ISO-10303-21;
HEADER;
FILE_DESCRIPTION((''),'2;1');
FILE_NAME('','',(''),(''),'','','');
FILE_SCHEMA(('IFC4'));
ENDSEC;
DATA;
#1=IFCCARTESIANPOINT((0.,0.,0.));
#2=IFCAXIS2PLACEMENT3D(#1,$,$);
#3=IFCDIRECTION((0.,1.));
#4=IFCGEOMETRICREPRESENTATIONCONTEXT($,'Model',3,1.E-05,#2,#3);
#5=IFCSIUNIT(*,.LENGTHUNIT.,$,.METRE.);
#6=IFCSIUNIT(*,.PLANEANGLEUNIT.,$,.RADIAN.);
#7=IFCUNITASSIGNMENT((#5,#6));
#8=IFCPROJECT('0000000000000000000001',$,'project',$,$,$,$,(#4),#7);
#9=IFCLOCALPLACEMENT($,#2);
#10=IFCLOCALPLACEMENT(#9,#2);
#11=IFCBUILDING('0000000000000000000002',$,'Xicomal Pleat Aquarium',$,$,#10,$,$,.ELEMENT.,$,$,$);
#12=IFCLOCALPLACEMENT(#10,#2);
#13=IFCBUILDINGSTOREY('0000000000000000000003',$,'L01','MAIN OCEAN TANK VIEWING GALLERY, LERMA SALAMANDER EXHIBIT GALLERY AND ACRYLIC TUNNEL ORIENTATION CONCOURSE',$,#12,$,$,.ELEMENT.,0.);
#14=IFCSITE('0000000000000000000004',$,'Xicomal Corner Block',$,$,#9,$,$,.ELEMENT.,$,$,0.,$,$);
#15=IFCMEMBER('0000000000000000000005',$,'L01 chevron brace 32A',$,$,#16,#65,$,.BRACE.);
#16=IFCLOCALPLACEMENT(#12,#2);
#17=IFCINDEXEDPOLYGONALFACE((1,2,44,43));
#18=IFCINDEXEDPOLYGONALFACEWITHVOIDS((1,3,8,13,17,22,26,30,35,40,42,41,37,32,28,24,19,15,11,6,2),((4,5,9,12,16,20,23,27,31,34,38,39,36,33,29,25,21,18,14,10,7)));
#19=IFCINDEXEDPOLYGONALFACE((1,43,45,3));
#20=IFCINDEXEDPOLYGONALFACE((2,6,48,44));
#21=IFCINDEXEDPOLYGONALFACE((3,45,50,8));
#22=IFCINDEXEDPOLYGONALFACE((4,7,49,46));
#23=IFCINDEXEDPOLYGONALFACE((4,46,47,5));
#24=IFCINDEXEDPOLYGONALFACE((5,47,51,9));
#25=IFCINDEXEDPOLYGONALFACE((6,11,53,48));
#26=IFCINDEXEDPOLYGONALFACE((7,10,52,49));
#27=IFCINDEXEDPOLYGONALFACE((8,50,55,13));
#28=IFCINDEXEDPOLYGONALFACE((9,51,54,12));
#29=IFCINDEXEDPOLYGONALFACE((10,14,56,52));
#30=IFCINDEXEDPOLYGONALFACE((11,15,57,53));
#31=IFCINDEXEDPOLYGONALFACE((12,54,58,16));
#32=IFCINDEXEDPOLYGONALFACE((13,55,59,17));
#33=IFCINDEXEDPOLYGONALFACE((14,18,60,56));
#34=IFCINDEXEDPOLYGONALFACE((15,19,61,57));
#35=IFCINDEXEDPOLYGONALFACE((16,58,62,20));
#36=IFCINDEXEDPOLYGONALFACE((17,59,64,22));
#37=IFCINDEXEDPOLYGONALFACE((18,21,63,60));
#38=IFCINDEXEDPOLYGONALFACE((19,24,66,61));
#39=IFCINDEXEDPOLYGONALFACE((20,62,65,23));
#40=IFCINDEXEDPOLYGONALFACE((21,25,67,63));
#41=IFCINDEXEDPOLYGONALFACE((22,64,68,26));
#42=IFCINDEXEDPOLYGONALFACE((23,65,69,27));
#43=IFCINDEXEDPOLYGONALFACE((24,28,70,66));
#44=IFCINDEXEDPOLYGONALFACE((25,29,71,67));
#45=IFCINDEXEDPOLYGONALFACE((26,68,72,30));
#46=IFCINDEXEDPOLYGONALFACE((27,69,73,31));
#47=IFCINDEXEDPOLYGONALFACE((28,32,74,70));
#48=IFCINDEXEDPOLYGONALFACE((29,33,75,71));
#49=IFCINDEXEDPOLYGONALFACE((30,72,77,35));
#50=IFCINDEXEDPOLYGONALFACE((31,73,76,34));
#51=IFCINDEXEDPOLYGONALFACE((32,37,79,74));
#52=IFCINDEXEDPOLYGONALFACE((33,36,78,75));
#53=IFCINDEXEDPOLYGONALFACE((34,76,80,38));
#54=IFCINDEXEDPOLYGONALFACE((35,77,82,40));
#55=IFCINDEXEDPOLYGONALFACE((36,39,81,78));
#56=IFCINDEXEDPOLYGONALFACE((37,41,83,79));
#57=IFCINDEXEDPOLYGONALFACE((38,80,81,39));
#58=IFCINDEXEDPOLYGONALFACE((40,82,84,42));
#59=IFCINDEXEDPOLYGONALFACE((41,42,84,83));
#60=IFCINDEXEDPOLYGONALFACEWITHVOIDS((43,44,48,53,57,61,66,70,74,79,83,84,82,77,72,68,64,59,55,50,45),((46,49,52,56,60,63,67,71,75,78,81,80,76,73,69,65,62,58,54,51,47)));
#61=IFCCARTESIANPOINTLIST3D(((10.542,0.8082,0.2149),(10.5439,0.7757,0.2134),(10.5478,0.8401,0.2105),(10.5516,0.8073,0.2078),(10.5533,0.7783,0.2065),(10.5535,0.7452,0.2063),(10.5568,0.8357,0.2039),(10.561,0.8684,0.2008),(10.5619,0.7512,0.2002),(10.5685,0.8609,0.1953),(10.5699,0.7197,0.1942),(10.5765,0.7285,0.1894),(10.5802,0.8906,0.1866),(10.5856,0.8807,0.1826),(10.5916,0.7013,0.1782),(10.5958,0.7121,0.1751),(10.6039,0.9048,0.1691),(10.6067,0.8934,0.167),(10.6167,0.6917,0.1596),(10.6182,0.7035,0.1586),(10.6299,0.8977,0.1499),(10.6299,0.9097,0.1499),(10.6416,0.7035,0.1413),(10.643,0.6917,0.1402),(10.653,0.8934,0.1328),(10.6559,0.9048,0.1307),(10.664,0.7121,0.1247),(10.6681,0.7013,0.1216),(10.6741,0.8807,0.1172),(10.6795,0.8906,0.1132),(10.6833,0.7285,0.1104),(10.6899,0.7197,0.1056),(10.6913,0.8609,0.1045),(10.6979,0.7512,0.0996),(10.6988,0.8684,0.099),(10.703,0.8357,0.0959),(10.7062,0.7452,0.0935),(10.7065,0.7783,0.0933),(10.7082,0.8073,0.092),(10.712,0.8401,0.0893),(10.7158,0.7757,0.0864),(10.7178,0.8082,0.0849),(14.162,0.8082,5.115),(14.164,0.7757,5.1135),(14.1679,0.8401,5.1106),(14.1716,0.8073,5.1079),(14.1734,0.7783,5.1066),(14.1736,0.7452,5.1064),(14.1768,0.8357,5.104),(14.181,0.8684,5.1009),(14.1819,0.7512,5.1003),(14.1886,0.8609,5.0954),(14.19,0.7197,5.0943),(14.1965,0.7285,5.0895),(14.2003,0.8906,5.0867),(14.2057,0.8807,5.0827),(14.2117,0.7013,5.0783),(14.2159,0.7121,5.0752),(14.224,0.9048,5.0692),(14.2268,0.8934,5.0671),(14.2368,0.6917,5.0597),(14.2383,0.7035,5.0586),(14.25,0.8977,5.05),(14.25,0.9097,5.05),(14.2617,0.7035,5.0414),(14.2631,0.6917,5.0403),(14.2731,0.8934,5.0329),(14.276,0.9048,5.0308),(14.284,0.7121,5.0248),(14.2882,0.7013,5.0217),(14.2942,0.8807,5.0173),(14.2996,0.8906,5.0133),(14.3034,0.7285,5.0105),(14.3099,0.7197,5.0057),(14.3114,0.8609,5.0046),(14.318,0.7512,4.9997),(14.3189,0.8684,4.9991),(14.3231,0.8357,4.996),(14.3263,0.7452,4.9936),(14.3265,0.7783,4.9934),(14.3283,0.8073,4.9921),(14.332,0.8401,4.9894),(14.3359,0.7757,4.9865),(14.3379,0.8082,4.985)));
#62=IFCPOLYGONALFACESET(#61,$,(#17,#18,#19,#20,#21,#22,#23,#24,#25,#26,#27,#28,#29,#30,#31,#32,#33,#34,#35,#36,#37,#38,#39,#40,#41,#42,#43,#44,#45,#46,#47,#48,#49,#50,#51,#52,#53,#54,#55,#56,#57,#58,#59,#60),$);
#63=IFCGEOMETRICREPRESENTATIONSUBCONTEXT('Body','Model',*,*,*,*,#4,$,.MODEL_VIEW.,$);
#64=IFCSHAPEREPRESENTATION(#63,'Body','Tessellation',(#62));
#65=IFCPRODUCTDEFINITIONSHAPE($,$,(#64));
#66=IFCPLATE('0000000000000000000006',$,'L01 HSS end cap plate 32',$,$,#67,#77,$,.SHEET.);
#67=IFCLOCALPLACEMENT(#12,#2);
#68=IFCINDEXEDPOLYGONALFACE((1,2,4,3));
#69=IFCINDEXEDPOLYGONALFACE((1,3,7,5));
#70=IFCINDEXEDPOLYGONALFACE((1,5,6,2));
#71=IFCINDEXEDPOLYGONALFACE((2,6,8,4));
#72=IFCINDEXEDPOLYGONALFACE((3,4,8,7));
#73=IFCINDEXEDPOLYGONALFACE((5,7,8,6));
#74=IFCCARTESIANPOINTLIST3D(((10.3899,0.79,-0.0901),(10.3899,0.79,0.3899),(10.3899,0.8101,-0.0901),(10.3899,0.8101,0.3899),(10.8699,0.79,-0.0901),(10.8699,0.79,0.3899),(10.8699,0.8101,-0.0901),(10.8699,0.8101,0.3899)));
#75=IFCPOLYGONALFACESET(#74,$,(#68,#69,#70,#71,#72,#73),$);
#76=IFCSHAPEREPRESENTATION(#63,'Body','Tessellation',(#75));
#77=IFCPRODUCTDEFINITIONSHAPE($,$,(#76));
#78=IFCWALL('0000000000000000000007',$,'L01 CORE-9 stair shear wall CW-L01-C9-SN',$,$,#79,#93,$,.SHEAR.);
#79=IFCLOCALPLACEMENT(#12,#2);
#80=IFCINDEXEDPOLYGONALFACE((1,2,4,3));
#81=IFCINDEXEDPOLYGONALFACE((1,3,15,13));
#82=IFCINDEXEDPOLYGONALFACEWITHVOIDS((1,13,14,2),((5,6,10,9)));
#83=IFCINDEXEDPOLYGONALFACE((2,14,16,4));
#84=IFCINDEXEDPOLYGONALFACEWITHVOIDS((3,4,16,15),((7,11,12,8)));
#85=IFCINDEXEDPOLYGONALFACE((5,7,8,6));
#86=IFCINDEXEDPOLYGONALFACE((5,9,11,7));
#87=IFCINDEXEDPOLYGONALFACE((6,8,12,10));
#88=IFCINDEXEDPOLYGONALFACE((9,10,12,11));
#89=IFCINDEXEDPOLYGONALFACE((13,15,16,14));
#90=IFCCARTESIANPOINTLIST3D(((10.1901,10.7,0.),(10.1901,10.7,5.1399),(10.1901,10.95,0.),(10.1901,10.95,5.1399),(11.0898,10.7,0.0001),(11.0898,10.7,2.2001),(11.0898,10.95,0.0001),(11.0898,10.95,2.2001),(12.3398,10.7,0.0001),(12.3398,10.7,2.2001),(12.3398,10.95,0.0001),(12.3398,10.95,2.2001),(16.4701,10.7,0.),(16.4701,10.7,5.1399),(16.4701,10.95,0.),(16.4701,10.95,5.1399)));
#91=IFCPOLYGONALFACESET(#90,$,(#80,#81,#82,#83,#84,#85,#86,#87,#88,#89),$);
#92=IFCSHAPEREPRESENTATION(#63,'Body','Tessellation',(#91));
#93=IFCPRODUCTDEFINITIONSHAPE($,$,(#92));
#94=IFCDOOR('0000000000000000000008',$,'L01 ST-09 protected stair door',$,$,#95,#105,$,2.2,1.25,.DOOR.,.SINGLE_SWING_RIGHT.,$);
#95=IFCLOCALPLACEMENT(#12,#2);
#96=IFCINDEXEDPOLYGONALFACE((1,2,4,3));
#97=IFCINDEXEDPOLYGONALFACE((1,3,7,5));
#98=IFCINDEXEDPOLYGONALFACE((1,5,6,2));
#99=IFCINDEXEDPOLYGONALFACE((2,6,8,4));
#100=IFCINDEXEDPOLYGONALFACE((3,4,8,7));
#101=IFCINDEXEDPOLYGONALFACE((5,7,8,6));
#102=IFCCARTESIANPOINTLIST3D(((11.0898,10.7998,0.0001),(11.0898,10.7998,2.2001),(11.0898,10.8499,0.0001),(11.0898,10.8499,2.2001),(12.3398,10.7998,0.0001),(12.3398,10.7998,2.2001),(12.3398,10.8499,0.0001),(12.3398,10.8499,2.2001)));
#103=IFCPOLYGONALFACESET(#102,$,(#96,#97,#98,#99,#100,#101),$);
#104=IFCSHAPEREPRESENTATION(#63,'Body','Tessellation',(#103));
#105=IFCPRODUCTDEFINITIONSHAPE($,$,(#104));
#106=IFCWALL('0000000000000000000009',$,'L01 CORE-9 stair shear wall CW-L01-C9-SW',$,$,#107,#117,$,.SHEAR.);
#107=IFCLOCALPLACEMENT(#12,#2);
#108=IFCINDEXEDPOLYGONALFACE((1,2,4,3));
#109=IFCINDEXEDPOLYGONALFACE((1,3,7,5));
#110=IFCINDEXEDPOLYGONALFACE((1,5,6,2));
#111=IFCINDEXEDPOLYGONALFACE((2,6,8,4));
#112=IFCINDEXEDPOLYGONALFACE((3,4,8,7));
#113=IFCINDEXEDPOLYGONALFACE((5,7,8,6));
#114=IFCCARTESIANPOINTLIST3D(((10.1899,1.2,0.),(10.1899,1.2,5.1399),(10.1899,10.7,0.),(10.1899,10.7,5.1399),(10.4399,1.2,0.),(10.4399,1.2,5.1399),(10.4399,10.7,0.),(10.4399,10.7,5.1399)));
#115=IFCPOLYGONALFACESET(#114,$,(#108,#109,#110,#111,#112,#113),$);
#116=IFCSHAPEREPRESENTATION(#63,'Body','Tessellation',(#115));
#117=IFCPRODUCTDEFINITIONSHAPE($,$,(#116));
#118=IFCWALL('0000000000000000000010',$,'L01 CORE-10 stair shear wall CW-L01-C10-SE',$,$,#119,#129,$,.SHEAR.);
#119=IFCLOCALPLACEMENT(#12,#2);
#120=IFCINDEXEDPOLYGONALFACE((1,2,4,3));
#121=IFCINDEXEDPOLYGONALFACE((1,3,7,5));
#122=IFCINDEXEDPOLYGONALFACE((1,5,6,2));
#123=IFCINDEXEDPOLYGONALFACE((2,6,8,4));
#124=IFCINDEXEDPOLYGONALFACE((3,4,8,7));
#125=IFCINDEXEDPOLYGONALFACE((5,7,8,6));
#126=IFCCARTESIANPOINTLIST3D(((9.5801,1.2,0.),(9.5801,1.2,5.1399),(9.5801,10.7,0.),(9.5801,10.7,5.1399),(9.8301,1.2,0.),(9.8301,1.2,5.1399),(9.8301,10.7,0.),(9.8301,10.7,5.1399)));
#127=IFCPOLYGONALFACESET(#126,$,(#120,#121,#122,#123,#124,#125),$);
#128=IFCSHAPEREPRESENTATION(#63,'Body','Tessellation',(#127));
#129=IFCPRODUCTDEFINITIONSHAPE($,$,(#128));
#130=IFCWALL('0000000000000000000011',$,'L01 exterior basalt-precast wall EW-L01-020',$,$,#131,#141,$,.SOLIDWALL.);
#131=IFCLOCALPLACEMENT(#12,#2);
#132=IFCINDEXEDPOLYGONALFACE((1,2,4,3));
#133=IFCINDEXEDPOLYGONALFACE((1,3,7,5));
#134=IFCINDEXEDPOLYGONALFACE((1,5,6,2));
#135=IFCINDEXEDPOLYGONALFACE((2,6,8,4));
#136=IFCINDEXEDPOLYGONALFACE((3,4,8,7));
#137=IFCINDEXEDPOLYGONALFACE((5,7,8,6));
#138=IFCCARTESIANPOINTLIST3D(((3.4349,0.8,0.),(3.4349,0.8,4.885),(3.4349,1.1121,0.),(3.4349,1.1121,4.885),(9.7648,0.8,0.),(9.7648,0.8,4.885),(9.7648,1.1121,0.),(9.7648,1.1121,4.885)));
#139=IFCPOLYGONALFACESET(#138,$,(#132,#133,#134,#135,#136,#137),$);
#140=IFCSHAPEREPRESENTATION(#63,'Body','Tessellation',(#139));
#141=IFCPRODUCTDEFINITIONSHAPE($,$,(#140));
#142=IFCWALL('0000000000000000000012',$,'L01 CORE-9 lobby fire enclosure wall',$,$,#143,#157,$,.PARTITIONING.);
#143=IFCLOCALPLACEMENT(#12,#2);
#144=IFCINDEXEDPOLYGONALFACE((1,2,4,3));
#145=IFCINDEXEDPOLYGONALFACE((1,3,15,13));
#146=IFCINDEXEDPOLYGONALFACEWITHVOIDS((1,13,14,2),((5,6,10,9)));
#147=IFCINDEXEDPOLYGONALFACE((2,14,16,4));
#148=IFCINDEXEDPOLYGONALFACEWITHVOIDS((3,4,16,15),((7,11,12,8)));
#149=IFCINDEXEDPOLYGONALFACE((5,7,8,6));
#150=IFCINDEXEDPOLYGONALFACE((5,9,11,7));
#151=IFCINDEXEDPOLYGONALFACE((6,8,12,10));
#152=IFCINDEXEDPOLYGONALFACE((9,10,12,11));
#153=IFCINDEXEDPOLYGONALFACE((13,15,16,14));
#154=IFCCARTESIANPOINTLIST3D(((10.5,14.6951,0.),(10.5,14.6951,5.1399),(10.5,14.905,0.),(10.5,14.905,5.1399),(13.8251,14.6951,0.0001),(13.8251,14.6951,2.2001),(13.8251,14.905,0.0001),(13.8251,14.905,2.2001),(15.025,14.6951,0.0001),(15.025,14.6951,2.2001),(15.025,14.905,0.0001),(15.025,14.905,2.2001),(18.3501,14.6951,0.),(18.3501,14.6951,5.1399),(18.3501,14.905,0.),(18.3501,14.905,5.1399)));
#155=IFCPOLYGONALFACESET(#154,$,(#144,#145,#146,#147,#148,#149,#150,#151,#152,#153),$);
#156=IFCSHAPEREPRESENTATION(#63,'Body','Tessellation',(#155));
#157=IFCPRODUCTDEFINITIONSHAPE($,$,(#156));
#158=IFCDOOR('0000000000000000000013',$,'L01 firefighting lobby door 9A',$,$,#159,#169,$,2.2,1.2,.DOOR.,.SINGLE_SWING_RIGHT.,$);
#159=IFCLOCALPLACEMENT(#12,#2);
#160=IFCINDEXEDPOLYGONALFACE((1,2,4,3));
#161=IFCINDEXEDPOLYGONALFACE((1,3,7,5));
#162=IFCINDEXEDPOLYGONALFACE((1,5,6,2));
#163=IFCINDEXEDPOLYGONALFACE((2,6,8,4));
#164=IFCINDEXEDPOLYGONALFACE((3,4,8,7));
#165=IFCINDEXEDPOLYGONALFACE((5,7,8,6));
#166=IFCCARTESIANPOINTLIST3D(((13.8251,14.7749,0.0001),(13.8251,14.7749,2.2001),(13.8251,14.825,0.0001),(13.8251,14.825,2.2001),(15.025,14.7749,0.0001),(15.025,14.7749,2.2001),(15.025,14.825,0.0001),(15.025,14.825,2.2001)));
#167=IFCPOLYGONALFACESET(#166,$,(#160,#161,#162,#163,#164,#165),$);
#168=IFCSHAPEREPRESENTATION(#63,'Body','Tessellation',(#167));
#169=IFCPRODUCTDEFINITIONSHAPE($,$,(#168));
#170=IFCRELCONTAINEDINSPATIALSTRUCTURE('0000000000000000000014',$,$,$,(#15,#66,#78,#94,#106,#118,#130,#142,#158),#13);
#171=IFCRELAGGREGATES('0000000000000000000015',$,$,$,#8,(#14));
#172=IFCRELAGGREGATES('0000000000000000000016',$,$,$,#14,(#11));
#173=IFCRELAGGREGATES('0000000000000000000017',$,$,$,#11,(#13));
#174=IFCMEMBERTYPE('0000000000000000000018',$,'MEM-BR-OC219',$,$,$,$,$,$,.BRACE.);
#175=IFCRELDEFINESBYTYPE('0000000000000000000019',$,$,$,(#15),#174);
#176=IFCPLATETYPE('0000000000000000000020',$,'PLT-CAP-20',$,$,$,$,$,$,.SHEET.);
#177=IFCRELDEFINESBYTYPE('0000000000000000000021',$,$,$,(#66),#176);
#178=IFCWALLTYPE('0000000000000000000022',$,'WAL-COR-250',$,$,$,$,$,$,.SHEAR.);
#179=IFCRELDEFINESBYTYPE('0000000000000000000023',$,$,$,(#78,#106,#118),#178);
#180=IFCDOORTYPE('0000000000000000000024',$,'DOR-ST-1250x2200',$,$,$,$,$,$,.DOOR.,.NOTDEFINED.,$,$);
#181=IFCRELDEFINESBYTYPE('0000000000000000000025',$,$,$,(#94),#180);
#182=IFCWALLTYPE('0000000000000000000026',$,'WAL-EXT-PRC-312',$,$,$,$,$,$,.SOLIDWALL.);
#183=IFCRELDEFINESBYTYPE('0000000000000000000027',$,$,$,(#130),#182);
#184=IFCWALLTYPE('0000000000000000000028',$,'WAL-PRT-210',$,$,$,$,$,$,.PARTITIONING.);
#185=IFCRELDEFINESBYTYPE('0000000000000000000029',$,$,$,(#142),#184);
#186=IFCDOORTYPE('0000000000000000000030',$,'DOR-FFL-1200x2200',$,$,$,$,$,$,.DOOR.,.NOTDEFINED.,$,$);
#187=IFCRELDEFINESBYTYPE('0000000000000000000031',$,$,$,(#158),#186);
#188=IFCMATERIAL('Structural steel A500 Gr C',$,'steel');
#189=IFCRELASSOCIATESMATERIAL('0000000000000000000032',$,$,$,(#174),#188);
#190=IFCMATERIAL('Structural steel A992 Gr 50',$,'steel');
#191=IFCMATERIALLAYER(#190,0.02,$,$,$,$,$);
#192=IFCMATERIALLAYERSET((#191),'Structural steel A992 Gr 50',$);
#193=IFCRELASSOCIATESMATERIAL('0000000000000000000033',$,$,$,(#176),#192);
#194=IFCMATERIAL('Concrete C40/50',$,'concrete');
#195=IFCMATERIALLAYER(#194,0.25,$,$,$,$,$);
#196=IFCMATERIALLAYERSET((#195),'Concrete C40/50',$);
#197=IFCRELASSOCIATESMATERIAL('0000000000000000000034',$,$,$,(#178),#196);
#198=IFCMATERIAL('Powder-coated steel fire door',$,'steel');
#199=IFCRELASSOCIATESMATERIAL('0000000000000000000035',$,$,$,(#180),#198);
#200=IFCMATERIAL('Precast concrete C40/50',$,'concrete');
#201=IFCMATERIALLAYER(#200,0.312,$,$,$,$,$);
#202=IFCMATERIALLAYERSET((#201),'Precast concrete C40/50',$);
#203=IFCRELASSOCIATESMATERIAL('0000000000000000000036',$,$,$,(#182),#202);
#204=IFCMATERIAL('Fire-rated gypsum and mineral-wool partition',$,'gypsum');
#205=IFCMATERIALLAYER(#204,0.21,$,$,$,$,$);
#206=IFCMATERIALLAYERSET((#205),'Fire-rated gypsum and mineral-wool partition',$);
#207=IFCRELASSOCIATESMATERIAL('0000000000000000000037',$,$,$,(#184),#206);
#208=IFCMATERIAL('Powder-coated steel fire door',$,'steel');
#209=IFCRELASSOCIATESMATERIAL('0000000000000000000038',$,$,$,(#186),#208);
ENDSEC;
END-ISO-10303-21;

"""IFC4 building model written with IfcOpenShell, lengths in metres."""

from ifc_helpers import new_model, si_unit, direction, frame, frame_2d, origin, origin_2d, place, context, subcontext, project, spatial, rectangle, hollow_circle, extrude, material, layer, layer_set, material_profile, profile_set, type_object, element, fill, save


model = new_model("IFC4")

# Units and contexts
model_context = context("Model", 3, precision=1e-05, world=origin(), true_north=direction((0.0, 1.0)))
body_context = subcontext(model_context, "Body", "Model", "MODEL_VIEW")
ifc_project = project(units=[si_unit("LENGTHUNIT", "METRE"), si_unit("PLANEANGLEUNIT", "RADIAN")], contexts=[model_context])

# Site, building, storey
site_placement = place(None, origin())
site = spatial("IfcSite", under=ifc_project, at=site_placement, Name="Xicomal Corner Block", CompositionType="ELEMENT", RefElevation=0.0)
building_placement = place(site_placement, origin())
building = spatial("IfcBuilding", under=site, at=building_placement, Name="Xicomal Pleat Aquarium", CompositionType="ELEMENT")
storey_placement = place(building_placement, origin())
storey = spatial("IfcBuildingStorey", under=building, at=storey_placement, Name="L01", Description="MAIN OCEAN TANK VIEWING GALLERY, LERMA SALAMANDER EXHIBIT GALLERY AND ACRYLIC TUNNEL ORIENTATION CONCOURSE", CompositionType="ELEMENT", Elevation=0.0)

# Member
ifc_material_1 = material(Name="Structural steel A500 Gr C", Category="steel")
ifc_material_profile_1 = material_profile(ifc_material_1, hollow_circle(Radius=0.1096, WallThickness=0.012, at=origin_2d()), Name="OC 219x12")
ifc_profile_set_1 = profile_set([ifc_material_profile_1], Name="Structural steel A500 Gr C")
member_type = type_object("IfcMemberType", Name="MEM-BR-OC219", PredefinedType="BRACE", material=ifc_profile_set_1)
member_placement = place(storey_placement, frame((10.6299, 0.8, 0.1499), z_axis=(0.594207, 0.0, 0.804312), x_axis=(0.0, 1.0, 0.0)))
element("IfcMember", 1, at=member_placement, inside=storey, type_object=member_type, Name="L01 chevron brace 32A", PredefinedType="BRACE", context=body_context, shape_type="SweptSolid", body=[
    extrude(hollow_circle(Radius=0.1096, WallThickness=0.012, at=origin_2d()), origin(), (0.0, 0.0, 1.0), 6.0923),
])

# Plate
ifc_material_2 = material(Name="Structural steel A992 Gr 50", Category="steel")
ifc_layer_1 = layer(ifc_material_2, 0.02)
ifc_layer_set_1 = layer_set([ifc_layer_1], Name="Structural steel A992 Gr 50")
plate_type = type_object("IfcPlateType", Name="PLT-CAP-20", PredefinedType="SHEET", material=ifc_layer_set_1)
plate_placement = place(storey_placement, frame((10.6299, 0.8, -0.0901), z_axis=(0.0, 0.0, 1.0), x_axis=(1.0, 0.0, 0.0)))
element("IfcPlate", 2, at=plate_placement, inside=storey, type_object=plate_type, Name="L01 HSS end cap plate 32", PredefinedType="SHEET", context=body_context, shape_type="SweptSolid", body=[
    extrude(rectangle(XDim=0.48, YDim=0.02, at=origin_2d()), origin(), (0.0, 0.0, 1.0), 0.48),
])

# Wall, opening, door
ifc_material_3 = material(Name="Concrete C40/50", Category="concrete")
ifc_layer_2 = layer(ifc_material_3, 0.25)
ifc_layer_set_2 = layer_set([ifc_layer_2], Name="Concrete C40/50")
wall_type_1 = type_object("IfcWallType", Name="WAL-COR-250", PredefinedType="SHEAR", material=ifc_layer_set_2)
wall_1_placement = place(storey_placement, frame((10.1899, 10.825, 0.0), z_axis=(0.0, 0.0, 1.0), x_axis=(1.0, 0.0, 0.0)))
wall_1 = element("IfcWall", 3, at=wall_1_placement, inside=storey, type_object=wall_type_1, Name="L01 CORE-9 stair shear wall CW-L01-C9-SN", PredefinedType="SHEAR", context=body_context, shape_type="SweptSolid", body=[
    extrude(rectangle(XDim=6.28, YDim=0.25, at=frame_2d((3.1401, 0.0))), origin(), (0.0, 0.0, 1.0), 5.1399),
])
opening_1_placement = place(wall_1_placement, frame((0.8999, 0.0, 0.0)))
opening_1 = element("IfcOpeningElement", 4, at=opening_1_placement, cuts=wall_1, PredefinedType="OPENING", context=body_context, shape_type="SweptSolid", body=[
    extrude(rectangle(XDim=1.25, YDim=2.2, at=frame_2d((0.625, 1.1001))), frame((0.0, 0.135, 0.0), z_axis=(0.0, -1.0, 0.0), x_axis=(1.0, 0.0, 0.0)), (0.0, 0.0, 1.0), 0.27),
])
ifc_material_4 = material(Name="Powder-coated steel fire door", Category="steel")
door_type_1 = type_object("IfcDoorType", Name="DOR-ST-1250x2200", OperationType="NOTDEFINED", PredefinedType="DOOR", material=ifc_material_4)
door_1_placement = place(opening_1_placement, origin())
door_1 = element("IfcDoor", 5, at=door_1_placement, inside=storey, type_object=door_type_1, Name="L01 ST-09 protected stair door", OperationType="SINGLE_SWING_RIGHT", OverallHeight=2.2, OverallWidth=1.25, PredefinedType="DOOR", context=body_context, shape_type="SweptSolid", body=[
    extrude(rectangle(XDim=1.25, YDim=2.2, at=frame_2d((0.625, 1.1001))), frame((0.0, 0.0249, 0.0), z_axis=(0.0, -1.0, 0.0), x_axis=(1.0, 0.0, 0.0)), (0.0, 0.0, 1.0), 0.05),
])
fill(opening_1, door_1)

# Walls
for number, where, z_axis, x_axis, name in (
    (6, (10.3149, 1.2, 0.0), (0.0, 0.0, 1.0), (0.0, 1.0, 0.0), "L01 CORE-9 stair shear wall CW-L01-C9-SW"),
    (7, (9.7051, 1.2, 0.0), (0.0, 0.0, 1.0), (0.0, 1.0, 0.0), "L01 CORE-10 stair shear wall CW-L01-C10-SE"),
):
    element("IfcWall", number, at=place(storey_placement, frame(where, z_axis=z_axis, x_axis=x_axis)), inside=storey, type_object=wall_type_1, Name=name, PredefinedType="SHEAR", context=body_context, shape_type="SweptSolid", body=[
        extrude(rectangle(XDim=9.5, YDim=0.25, at=frame_2d((4.75, 0.0))), origin(), (0.0, 0.0, 1.0), 5.1399),
    ])
ifc_material_5 = material(Name="Precast concrete C40/50", Category="concrete")
ifc_layer_3 = layer(ifc_material_5, 0.312)
ifc_layer_set_3 = layer_set([ifc_layer_3], Name="Precast concrete C40/50")
wall_type_2 = type_object("IfcWallType", Name="WAL-EXT-PRC-312", PredefinedType="SOLIDWALL", material=ifc_layer_set_3)
wall_2_placement = place(storey_placement, frame((9.7649, 0.9561, 0.0), z_axis=(0.0, 0.0, 1.0), x_axis=(-1.0, 0.0, 0.0)))
element("IfcWall", 8, at=wall_2_placement, inside=storey, type_object=wall_type_2, Name="L01 exterior basalt-precast wall EW-L01-020", PredefinedType="SOLIDWALL", context=body_context, shape_type="SweptSolid", body=[
    extrude(rectangle(XDim=6.3298, YDim=0.312, at=frame_2d((3.165, 0.0))), origin(), (0.0, 0.0, 1.0), 4.885),
])

# Wall, opening, door
ifc_material_6 = material(Name="Fire-rated gypsum and mineral-wool partition", Category="gypsum")
ifc_layer_4 = layer(ifc_material_6, 0.21)
ifc_layer_set_4 = layer_set([ifc_layer_4], Name="Fire-rated gypsum and mineral-wool partition")
wall_type_3 = type_object("IfcWallType", Name="WAL-PRT-210", PredefinedType="PARTITIONING", material=ifc_layer_set_4)
wall_3_placement = place(storey_placement, frame((10.5, 14.8, 0.0), z_axis=(0.0, 0.0, 1.0), x_axis=(1.0, 0.0, 0.0)))
wall_3 = element("IfcWall", 9, at=wall_3_placement, inside=storey, type_object=wall_type_3, Name="L01 CORE-9 lobby fire enclosure wall", PredefinedType="PARTITIONING", context=body_context, shape_type="SweptSolid", body=[
    extrude(rectangle(XDim=7.8501, YDim=0.21, at=frame_2d((3.925, 0.0))), origin(), (0.0, 0.0, 1.0), 5.1399),
])
opening_2_placement = place(wall_3_placement, frame((3.325, 0.0, 0.0)))
opening_2 = element("IfcOpeningElement", 10, at=opening_2_placement, cuts=wall_3, PredefinedType="OPENING", context=body_context, shape_type="SweptSolid", body=[
    extrude(rectangle(XDim=1.2, YDim=2.2, at=frame_2d((0.6001, 1.1001))), frame((0.0, 0.115, 0.0), z_axis=(0.0, -1.0, 0.0), x_axis=(1.0, 0.0, 0.0)), (0.0, 0.0, 1.0), 0.23),
])
ifc_material_7 = material(Name="Powder-coated steel fire door", Category="steel")
door_type_2 = type_object("IfcDoorType", Name="DOR-FFL-1200x2200", OperationType="NOTDEFINED", PredefinedType="DOOR", material=ifc_material_7)
door_2_placement = place(opening_2_placement, origin())
door_2 = element("IfcDoor", 11, at=door_2_placement, inside=storey, type_object=door_type_2, Name="L01 firefighting lobby door 9A", OperationType="SINGLE_SWING_RIGHT", OverallHeight=2.2, OverallWidth=1.2, PredefinedType="DOOR", context=body_context, shape_type="SweptSolid", body=[
    extrude(rectangle(XDim=1.2, YDim=2.2, at=frame_2d((0.6001, 1.1001))), frame((0.0, 0.0249, 0.0), z_axis=(0.0, -1.0, 0.0), x_axis=(1.0, 0.0, 0.0)), (0.0, 0.0, 1.0), 0.05),
])
fill(opening_2, door_2)

save(model, "model.ifc")
